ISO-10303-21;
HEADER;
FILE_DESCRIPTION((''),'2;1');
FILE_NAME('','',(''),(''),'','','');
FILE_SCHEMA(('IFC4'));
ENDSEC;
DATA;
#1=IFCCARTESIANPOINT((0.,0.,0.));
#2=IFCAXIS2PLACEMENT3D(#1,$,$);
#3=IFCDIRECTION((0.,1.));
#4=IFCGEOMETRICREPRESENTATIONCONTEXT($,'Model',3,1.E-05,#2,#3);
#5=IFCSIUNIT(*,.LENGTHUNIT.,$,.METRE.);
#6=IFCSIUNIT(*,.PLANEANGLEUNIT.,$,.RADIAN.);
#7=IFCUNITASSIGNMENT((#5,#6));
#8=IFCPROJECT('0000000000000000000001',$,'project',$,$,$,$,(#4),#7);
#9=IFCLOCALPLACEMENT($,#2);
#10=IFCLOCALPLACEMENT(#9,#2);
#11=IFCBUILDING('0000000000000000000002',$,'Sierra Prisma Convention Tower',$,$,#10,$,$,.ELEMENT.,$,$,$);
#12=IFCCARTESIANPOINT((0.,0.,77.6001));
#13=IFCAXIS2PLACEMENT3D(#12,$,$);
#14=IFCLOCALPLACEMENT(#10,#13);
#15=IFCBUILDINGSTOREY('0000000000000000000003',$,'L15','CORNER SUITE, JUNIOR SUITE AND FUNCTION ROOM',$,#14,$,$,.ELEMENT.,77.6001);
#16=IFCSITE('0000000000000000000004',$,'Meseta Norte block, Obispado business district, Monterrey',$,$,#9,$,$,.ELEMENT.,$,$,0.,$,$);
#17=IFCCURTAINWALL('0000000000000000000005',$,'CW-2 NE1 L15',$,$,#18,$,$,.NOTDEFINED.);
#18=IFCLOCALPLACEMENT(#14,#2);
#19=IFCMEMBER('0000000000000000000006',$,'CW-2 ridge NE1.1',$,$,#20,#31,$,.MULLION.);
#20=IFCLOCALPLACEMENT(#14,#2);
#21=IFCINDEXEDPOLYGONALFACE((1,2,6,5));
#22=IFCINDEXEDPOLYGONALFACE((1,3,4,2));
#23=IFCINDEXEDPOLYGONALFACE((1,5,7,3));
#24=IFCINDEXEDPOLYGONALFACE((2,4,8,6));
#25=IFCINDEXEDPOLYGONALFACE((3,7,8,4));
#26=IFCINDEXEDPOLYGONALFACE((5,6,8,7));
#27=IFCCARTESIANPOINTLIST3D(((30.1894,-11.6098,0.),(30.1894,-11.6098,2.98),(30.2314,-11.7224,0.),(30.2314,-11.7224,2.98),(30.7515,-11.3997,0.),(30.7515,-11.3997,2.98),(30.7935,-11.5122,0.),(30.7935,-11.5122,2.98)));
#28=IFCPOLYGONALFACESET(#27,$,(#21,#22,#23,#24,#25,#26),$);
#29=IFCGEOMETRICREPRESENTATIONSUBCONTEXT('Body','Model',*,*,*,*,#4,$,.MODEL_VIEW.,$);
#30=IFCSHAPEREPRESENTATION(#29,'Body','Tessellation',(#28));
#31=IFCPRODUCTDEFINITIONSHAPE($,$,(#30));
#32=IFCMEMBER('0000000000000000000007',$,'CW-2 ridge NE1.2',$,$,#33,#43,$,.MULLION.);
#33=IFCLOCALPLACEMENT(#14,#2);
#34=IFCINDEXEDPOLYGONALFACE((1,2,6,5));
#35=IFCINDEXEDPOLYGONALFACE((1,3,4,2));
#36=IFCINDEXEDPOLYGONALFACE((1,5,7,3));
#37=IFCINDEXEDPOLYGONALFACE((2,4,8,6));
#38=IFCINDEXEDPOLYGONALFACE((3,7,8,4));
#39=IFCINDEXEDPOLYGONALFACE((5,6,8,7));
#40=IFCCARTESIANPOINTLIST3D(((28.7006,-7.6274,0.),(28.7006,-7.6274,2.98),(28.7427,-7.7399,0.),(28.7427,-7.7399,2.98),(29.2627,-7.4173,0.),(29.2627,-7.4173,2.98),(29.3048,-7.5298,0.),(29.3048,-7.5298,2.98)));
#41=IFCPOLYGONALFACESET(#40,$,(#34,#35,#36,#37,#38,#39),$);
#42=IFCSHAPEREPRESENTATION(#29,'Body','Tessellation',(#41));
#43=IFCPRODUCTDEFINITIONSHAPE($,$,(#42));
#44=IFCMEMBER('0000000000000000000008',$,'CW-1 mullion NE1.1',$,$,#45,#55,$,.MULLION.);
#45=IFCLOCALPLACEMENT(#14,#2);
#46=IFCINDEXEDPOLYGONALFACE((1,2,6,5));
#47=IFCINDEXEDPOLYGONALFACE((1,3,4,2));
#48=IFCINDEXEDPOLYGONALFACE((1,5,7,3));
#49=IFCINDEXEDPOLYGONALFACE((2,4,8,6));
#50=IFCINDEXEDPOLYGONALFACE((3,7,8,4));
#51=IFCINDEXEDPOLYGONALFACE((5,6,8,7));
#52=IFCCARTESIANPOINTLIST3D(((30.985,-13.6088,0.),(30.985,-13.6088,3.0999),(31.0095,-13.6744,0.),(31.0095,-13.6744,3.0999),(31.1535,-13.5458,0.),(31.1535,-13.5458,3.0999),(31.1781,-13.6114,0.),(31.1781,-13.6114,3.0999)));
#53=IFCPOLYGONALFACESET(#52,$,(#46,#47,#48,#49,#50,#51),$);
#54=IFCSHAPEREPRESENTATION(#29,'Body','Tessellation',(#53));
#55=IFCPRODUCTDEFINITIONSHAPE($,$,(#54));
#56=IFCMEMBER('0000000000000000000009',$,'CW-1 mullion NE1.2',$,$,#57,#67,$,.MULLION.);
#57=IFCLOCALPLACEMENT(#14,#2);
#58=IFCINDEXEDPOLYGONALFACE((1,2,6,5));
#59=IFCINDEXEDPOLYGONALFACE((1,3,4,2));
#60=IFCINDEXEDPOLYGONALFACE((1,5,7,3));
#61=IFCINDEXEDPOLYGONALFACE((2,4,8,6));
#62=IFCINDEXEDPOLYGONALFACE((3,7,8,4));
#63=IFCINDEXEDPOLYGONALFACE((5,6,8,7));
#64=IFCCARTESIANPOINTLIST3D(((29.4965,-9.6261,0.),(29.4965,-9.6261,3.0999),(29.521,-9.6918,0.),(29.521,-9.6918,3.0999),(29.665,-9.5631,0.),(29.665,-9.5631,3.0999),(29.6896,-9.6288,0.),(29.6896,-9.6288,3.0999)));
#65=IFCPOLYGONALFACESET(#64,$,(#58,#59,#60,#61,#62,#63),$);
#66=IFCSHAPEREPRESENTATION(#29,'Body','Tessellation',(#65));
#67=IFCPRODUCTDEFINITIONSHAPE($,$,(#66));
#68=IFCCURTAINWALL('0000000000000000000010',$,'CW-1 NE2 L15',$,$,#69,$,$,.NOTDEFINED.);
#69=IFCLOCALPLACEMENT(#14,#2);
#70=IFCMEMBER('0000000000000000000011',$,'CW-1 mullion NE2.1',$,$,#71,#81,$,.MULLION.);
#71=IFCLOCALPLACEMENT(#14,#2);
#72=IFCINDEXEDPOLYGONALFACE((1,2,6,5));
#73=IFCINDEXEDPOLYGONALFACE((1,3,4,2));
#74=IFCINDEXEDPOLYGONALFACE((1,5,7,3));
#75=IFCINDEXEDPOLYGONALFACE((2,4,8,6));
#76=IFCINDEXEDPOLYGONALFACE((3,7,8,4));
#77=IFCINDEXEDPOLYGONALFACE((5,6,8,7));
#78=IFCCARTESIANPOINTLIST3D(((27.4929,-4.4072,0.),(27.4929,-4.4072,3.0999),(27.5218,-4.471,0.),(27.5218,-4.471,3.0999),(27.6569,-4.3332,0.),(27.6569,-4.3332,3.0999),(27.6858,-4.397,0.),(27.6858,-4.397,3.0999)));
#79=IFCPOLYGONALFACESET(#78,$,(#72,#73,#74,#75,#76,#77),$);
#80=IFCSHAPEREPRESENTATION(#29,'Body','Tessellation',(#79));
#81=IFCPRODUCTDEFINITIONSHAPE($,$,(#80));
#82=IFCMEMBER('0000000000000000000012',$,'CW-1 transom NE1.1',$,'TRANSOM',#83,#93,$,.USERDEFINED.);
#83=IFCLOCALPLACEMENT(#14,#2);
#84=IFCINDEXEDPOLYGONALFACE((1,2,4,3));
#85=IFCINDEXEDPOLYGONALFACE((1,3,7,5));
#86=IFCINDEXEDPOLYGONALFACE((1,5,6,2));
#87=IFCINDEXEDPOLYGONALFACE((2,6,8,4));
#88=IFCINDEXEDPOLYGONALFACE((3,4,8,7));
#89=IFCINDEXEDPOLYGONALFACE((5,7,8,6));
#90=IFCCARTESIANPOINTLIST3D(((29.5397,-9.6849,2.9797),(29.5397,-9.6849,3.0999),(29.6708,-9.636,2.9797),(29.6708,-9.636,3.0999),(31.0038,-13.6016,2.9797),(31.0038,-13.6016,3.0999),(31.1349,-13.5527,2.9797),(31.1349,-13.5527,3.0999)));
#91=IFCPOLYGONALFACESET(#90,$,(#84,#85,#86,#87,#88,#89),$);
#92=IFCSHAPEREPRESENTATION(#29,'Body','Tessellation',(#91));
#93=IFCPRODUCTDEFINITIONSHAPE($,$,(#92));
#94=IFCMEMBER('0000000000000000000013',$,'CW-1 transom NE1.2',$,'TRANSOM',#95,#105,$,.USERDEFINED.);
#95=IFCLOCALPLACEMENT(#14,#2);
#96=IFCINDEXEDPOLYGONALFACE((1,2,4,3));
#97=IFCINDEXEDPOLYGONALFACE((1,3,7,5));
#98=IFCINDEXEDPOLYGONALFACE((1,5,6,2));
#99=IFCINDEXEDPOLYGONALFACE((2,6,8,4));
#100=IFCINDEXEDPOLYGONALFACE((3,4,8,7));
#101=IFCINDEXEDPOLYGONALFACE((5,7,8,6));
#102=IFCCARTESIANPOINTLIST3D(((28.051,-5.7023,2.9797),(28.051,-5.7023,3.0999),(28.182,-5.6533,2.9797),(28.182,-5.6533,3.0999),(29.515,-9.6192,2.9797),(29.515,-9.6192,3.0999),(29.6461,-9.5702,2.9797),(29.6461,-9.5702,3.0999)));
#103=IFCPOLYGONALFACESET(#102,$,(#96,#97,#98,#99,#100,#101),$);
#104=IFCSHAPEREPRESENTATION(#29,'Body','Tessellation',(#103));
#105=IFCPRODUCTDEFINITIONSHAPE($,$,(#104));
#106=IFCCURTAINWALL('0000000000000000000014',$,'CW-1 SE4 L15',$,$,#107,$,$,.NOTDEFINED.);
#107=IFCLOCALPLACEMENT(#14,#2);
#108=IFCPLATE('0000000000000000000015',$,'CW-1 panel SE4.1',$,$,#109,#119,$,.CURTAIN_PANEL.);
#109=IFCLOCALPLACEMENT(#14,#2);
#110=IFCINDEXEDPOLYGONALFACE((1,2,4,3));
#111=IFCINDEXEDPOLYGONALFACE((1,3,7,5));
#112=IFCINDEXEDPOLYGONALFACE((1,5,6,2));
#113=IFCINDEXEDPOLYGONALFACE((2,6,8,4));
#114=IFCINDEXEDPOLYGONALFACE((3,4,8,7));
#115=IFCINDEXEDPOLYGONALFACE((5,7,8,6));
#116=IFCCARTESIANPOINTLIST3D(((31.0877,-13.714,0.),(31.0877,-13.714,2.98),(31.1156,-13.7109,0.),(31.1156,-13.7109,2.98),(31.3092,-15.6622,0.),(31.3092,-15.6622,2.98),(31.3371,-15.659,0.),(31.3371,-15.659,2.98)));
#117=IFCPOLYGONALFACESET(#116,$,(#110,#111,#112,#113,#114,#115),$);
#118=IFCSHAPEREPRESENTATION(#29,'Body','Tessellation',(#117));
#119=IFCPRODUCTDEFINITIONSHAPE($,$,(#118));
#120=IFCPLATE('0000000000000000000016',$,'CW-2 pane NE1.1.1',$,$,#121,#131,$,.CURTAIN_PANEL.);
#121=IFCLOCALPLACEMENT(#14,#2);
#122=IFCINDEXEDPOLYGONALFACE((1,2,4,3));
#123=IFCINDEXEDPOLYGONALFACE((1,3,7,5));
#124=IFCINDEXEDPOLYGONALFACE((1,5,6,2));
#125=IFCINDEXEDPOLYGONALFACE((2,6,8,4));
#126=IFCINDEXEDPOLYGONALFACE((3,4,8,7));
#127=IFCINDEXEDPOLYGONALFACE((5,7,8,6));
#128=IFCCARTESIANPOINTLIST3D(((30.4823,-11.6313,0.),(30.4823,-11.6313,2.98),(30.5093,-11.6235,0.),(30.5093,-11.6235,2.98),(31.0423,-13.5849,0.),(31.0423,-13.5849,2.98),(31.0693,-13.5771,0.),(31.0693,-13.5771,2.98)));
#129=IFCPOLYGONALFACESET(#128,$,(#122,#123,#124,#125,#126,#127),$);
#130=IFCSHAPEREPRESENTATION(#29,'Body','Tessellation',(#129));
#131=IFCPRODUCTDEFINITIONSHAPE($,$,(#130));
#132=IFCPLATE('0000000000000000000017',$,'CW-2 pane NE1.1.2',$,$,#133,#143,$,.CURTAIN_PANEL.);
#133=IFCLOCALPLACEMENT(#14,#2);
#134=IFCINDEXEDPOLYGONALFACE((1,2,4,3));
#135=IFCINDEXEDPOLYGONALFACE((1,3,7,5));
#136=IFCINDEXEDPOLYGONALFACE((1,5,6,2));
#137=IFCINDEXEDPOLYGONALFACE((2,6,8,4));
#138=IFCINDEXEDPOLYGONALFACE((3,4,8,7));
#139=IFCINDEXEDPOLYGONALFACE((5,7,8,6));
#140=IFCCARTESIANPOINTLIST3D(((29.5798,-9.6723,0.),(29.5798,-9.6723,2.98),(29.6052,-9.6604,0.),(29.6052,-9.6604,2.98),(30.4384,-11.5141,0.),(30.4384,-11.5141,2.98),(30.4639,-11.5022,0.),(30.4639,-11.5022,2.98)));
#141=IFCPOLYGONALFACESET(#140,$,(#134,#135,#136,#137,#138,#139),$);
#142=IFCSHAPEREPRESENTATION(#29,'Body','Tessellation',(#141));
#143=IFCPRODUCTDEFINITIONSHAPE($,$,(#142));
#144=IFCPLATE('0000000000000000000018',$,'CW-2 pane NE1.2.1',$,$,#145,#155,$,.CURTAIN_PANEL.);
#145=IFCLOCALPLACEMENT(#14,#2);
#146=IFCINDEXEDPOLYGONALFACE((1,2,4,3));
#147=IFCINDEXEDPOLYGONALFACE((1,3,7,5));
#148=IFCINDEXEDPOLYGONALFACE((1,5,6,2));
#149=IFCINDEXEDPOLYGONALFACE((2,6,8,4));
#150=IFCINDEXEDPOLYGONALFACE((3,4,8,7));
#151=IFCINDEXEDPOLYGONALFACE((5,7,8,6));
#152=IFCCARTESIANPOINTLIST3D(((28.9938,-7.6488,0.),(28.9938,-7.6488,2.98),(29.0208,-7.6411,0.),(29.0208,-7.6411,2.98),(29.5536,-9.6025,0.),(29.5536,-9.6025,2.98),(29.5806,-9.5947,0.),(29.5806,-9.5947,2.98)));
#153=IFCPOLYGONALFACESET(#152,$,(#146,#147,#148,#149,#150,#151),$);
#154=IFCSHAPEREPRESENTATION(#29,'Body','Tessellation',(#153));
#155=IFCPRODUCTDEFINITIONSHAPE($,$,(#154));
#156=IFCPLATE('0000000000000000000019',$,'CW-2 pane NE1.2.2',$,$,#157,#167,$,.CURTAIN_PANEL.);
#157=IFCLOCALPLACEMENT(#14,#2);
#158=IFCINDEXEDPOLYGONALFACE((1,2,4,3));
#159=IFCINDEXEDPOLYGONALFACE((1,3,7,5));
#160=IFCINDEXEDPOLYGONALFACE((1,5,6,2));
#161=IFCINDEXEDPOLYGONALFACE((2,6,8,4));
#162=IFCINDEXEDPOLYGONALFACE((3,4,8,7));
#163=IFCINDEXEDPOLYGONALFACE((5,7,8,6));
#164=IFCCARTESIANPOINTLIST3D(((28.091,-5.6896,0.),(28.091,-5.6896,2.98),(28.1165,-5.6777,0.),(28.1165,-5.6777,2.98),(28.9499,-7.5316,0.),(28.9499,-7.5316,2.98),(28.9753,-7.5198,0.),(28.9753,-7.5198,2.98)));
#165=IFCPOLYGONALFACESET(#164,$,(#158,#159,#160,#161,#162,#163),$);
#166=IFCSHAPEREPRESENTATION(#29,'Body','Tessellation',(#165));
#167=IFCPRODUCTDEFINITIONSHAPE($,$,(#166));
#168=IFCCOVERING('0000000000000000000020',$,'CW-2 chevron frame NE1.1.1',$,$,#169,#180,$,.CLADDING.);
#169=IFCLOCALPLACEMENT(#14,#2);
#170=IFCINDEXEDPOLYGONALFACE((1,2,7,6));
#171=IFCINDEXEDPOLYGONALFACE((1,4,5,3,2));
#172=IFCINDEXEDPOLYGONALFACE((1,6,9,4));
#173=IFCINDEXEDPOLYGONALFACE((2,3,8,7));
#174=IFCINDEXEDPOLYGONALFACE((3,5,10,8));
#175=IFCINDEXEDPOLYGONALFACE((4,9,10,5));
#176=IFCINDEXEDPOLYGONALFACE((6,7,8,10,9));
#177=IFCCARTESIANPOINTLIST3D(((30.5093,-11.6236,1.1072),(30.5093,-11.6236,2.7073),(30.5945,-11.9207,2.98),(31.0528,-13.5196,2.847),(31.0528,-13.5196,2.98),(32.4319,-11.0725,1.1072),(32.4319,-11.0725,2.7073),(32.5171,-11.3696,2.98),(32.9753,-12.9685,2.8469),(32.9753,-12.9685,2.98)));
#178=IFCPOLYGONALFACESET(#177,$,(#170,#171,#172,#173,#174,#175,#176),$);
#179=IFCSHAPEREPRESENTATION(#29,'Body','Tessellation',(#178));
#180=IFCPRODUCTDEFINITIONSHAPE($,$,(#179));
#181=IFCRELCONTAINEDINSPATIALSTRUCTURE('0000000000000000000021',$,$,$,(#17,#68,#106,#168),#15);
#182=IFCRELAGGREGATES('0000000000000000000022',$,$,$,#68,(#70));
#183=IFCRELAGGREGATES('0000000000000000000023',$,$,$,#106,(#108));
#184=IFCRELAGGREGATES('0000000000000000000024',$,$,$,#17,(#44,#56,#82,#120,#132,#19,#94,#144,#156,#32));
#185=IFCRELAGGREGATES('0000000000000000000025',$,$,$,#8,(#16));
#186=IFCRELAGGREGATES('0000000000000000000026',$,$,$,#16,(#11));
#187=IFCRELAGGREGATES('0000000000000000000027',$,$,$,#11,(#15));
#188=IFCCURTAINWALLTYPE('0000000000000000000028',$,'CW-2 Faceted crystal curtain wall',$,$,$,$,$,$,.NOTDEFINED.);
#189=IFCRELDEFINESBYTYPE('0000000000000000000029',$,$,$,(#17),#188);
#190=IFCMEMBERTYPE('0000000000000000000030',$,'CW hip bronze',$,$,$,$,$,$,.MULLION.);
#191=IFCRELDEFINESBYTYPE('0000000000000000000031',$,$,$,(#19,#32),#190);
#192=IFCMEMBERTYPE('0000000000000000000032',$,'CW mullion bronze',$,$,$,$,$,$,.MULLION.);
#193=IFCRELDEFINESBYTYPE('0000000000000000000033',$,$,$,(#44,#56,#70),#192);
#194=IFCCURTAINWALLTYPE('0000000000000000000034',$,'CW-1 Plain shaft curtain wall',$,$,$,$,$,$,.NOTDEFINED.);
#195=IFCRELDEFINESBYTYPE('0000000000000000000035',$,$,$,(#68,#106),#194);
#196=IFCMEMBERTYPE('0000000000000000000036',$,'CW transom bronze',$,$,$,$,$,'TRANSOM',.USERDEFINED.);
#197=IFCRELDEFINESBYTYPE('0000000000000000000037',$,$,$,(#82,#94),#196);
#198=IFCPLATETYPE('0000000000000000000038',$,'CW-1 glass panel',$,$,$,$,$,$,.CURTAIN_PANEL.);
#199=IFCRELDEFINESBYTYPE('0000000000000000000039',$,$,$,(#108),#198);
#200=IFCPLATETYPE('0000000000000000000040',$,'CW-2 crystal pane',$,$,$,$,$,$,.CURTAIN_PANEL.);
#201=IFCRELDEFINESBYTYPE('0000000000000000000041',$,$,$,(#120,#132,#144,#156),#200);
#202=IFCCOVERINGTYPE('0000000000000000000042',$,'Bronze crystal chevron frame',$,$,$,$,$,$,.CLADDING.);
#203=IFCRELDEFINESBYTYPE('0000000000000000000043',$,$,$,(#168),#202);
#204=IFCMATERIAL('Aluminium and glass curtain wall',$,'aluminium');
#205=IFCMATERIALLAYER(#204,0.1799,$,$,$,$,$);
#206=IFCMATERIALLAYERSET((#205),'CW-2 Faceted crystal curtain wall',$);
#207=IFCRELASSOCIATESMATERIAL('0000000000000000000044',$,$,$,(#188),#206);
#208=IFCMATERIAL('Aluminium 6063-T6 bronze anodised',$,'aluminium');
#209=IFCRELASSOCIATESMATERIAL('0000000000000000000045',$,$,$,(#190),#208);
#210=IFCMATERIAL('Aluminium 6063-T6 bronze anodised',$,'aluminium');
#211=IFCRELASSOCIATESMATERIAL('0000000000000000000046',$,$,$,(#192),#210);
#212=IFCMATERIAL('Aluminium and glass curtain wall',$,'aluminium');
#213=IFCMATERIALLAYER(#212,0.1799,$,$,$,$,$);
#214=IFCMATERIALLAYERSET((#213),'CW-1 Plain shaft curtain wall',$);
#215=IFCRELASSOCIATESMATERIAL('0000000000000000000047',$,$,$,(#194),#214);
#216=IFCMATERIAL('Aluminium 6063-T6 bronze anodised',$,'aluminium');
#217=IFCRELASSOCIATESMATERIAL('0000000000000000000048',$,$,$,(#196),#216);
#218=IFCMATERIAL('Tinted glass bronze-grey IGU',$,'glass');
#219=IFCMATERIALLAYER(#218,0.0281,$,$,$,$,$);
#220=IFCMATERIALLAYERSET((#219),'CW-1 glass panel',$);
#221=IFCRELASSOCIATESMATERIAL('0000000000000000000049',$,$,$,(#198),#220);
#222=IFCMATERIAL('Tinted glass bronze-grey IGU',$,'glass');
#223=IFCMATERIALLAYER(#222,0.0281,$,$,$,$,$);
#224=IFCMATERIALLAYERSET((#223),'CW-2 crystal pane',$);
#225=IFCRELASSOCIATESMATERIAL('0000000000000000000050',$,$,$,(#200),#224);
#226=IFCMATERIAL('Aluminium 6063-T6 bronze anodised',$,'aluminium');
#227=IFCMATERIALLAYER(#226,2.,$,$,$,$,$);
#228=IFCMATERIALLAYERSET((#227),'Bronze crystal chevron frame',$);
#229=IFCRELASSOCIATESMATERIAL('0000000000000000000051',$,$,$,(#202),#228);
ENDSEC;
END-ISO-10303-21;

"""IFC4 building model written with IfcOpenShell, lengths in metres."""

from ifc_helpers import new_model, si_unit, direction, frame, origin, origin_2d, place, context, subcontext, project, spatial, polyline, rectangle, outline, extrude, material, layer, layer_set, material_profile, profile_set, type_object, element, aggregate, save


model = new_model("IFC4")

# Units and contexts
model_context = context("Model", 3, precision=1e-05, world=origin(), true_north=direction((0.0, 1.0)))
body_context = subcontext(model_context, "Body", "Model", "MODEL_VIEW")
ifc_project = project(units=[si_unit("LENGTHUNIT", "METRE"), si_unit("PLANEANGLEUNIT", "RADIAN")], contexts=[model_context])

# Site, building, storey
site_placement = place(None, origin())
site = spatial("IfcSite", under=ifc_project, at=site_placement, Name="Meseta Norte block, Obispado business district, Monterrey", CompositionType="ELEMENT", RefElevation=0.0)
building_placement = place(site_placement, origin())
building = spatial("IfcBuilding", under=site, at=building_placement, Name="Sierra Prisma Convention Tower", CompositionType="ELEMENT")
storey_placement = place(building_placement, frame((0.0, 0.0, 77.6001)))
storey = spatial("IfcBuildingStorey", under=building, at=storey_placement, Name="L15", Description="CORNER SUITE, JUNIOR SUITE AND FUNCTION ROOM", CompositionType="ELEMENT", Elevation=77.6001)

# Curtain wall, members
ifc_material_1 = material(Name="Aluminium and glass curtain wall", Category="aluminium")
ifc_layer_1 = layer(ifc_material_1, 0.1799)
ifc_layer_set_1 = layer_set([ifc_layer_1], Name="CW-2 Faceted crystal curtain wall")
curtain_wall_type_1 = type_object("IfcCurtainWallType", Name="CW-2 Faceted crystal curtain wall", PredefinedType="NOTDEFINED", material=ifc_layer_set_1)
curtain_wall_1_placement = place(storey_placement, origin())
curtain_wall_1 = element("IfcCurtainWall", 1, at=curtain_wall_1_placement, inside=storey, type_object=curtain_wall_type_1, Name="CW-2 NE1 L15", PredefinedType="NOTDEFINED")
ifc_material_2 = material(Name="Aluminium 6063-T6 bronze anodised", Category="aluminium")
ifc_material_profile_1 = material_profile(ifc_material_2, rectangle(XDim=0.1201, YDim=0.6001, at=origin_2d()), Name="ALU RIDGE BLADE 120x600")
ifc_profile_set_1 = profile_set([ifc_material_profile_1], Name="Aluminium 6063-T6 bronze anodised")
member_type_1 = type_object("IfcMemberType", Name="CW hip bronze", PredefinedType="MULLION", material=ifc_profile_set_1)
member_1_placement = place(storey_placement, frame((30.4915, -11.561, 0.0), z_axis=(0.0, 0.0, 1.0), x_axis=(-0.35014, 0.936697, 0.0)))
member_1 = element("IfcMember", 2, at=member_1_placement, type_object=member_type_1, Name="CW-2 ridge NE1.1", PredefinedType="MULLION", context=body_context, shape_type="SweptSolid", body=[
    extrude(rectangle(XDim=0.1201, YDim=0.6001, at=origin_2d()), origin(), (0.0, 0.0, 1.0), 2.98),
])
member_2_placement = place(storey_placement, frame((29.0027, -7.5786, 0.0), z_axis=(0.0, 0.0, 1.0), x_axis=(-0.35014, 0.936697, 0.0)))
member_2 = element("IfcMember", 3, at=member_2_placement, type_object=member_type_1, Name="CW-2 ridge NE1.2", PredefinedType="MULLION", context=body_context, shape_type="SweptSolid", body=[
    extrude(rectangle(XDim=0.1201, YDim=0.6001, at=origin_2d()), origin(), (0.0, 0.0, 1.0), 2.98),
])
ifc_material_3 = material(Name="Aluminium 6063-T6 bronze anodised", Category="aluminium")
ifc_material_profile_2 = material_profile(ifc_material_3, rectangle(XDim=0.1799, YDim=0.0701, at=origin_2d()), Name="ALU MULLION 70x180")
ifc_profile_set_2 = profile_set([ifc_material_profile_2], Name="Aluminium 6063-T6 bronze anodised")
member_type_2 = type_object("IfcMemberType", Name="CW mullion bronze", PredefinedType="MULLION", material=ifc_profile_set_2)
member_3_placement = place(storey_placement, frame((31.0815, -13.6101, 0.0), z_axis=(0.0, 0.0, 1.0), x_axis=(-0.936697, -0.35014, 0.0)))
member_3 = element("IfcMember", 4, at=member_3_placement, type_object=member_type_2, Name="CW-1 mullion NE1.1", PredefinedType="MULLION", context=body_context, shape_type="SweptSolid", body=[
    extrude(rectangle(XDim=0.1799, YDim=0.0701, at=origin_2d()), origin(), (0.0, 0.0, 1.0), 3.0999),
])
member_4_placement = place(storey_placement, frame((29.593, -9.6274, 0.0), z_axis=(0.0, 0.0, 1.0), x_axis=(-0.936697, -0.35014, 0.0)))
member_4 = element("IfcMember", 5, at=member_4_placement, type_object=member_type_2, Name="CW-1 mullion NE1.2", PredefinedType="MULLION", context=body_context, shape_type="SweptSolid", body=[
    extrude(rectangle(XDim=0.1799, YDim=0.0701, at=origin_2d()), origin(), (0.0, 0.0, 1.0), 3.0999),
])

# Curtain wall, member
ifc_material_4 = material(Name="Aluminium and glass curtain wall", Category="aluminium")
ifc_layer_2 = layer(ifc_material_4, 0.1799)
ifc_layer_set_2 = layer_set([ifc_layer_2], Name="CW-1 Plain shaft curtain wall")
curtain_wall_type_2 = type_object("IfcCurtainWallType", Name="CW-1 Plain shaft curtain wall", PredefinedType="NOTDEFINED", material=ifc_layer_set_2)
curtain_wall_2_placement = place(storey_placement, origin())
curtain_wall_2 = element("IfcCurtainWall", 6, at=curtain_wall_2_placement, inside=storey, type_object=curtain_wall_type_2, Name="CW-1 NE2 L15", PredefinedType="NOTDEFINED")
member_5_placement = place(storey_placement, frame((27.5894, -4.4021, 0.0), z_axis=(0.0, 0.0, 1.0), x_axis=(-0.911443, -0.411426, 0.0)))
member_5 = element("IfcMember", 7, at=member_5_placement, type_object=member_type_2, Name="CW-1 mullion NE2.1", PredefinedType="MULLION", context=body_context, shape_type="SweptSolid", body=[
    extrude(rectangle(XDim=0.1799, YDim=0.0701, at=origin_2d()), origin(), (0.0, 0.0, 1.0), 3.0999),
])
aggregate(curtain_wall_2, [member_5])

# Members
ifc_material_5 = material(Name="Aluminium 6063-T6 bronze anodised", Category="aluminium")
ifc_material_profile_3 = material_profile(ifc_material_5, rectangle(XDim=0.1399, YDim=0.1201, at=origin_2d()), Name="ALU TRANSOM 120x140")
ifc_profile_set_3 = profile_set([ifc_material_profile_3], Name="Aluminium 6063-T6 bronze anodised")
member_type_3 = type_object("IfcMemberType", Name="CW transom bronze", ElementType="TRANSOM", PredefinedType="USERDEFINED", material=ifc_profile_set_3)
member_6_placement = place(storey_placement, frame((31.0693, -13.5771, 3.0398), z_axis=(-0.350144, 0.936696, 0.0), x_axis=(-0.936696, -0.350144, 0.0)))
member_6 = element("IfcMember", 8, at=member_6_placement, type_object=member_type_3, Name="CW-1 transom NE1.1", ObjectType="TRANSOM", PredefinedType="USERDEFINED", context=body_context, shape_type="SweptSolid", body=[
    extrude(rectangle(XDim=0.1399, YDim=0.1201, at=origin_2d()), origin(), (0.0, 0.0, 1.0), 4.1814),
])
member_7_placement = place(storey_placement, frame((29.5806, -9.5947, 3.0398), z_axis=(-0.350125, 0.936703, 0.0), x_axis=(-0.936703, -0.350125, 0.0)))
member_7 = element("IfcMember", 9, at=member_7_placement, type_object=member_type_3, Name="CW-1 transom NE1.2", ObjectType="TRANSOM", PredefinedType="USERDEFINED", context=body_context, shape_type="SweptSolid", body=[
    extrude(rectangle(XDim=0.1399, YDim=0.1201, at=origin_2d()), origin(), (0.0, 0.0, 1.0), 4.1816),
])

# Curtain wall, plate
curtain_wall_3_placement = place(storey_placement, origin())
curtain_wall_3 = element("IfcCurtainWall", 10, at=curtain_wall_3_placement, inside=storey, type_object=curtain_wall_type_2, Name="CW-1 SE4 L15", PredefinedType="NOTDEFINED")
ifc_material_6 = material(Name="Tinted glass bronze-grey IGU", Category="glass")
ifc_layer_3 = layer(ifc_material_6, 0.0281)
ifc_layer_set_3 = layer_set([ifc_layer_3], Name="CW-1 glass panel")
plate_type_1 = type_object("IfcPlateType", Name="CW-1 glass panel", PredefinedType="CURTAIN_PANEL", material=ifc_layer_set_3)
plate_1_placement = place(storey_placement, frame((31.2124, -14.6865, 0.0), z_axis=(0.0, 0.0, 1.0), x_axis=(-0.112981, 0.993597, 0.0)))
plate_1 = element("IfcPlate", 11, at=plate_1_placement, type_object=plate_type_1, Name="CW-1 panel SE4.1", PredefinedType="CURTAIN_PANEL", context=body_context, shape_type="SweptSolid", body=[
    extrude(rectangle(XDim=1.9607, YDim=0.0281, at=origin_2d()), origin(), (0.0, 0.0, 1.0), 2.98),
])
aggregate(curtain_wall_3, [plate_1])

# Plates
ifc_material_7 = material(Name="Tinted glass bronze-grey IGU", Category="glass")
ifc_layer_4 = layer(ifc_material_7, 0.0281)
ifc_layer_set_4 = layer_set([ifc_layer_4], Name="CW-2 crystal pane")
plate_type_2 = type_object("IfcPlateType", Name="CW-2 crystal pane", PredefinedType="CURTAIN_PANEL", material=ifc_layer_set_4)
plate_2_placement = place(storey_placement, frame((31.0693, -13.5771, 0.0), z_axis=(0.961279, 0.275578, 0.0), x_axis=(-0.275578, 0.961279, 0.0)))
plate_2 = element("IfcPlate", 12, at=plate_2_placement, type_object=plate_type_2, Name="CW-2 pane NE1.1.1", PredefinedType="CURTAIN_PANEL", context=body_context, shape_type="SweptSolid", body=[
    extrude(outline(polyline([(0.0, 0.0), (2.0323, 0.0), (2.0323, 2.98), (0.0, 2.98), (0.0, 0.0)])), origin(), (0.0, 0.0, -1.0), 0.0281),
])
plate_3_placement = place(storey_placement, frame((29.6052, -9.6604, 0.0), z_axis=(0.906346, 0.422537, 0.0), x_axis=(0.422537, -0.906346, 0.0)))
plate_3 = element("IfcPlate", 13, at=plate_3_placement, type_object=plate_type_2, Name="CW-2 pane NE1.1.2", PredefinedType="CURTAIN_PANEL", context=body_context, shape_type="SweptSolid", body=[
    extrude(outline(polyline([(0.0, 0.0), (2.0321, 0.0), (2.0321, -2.98), (0.0, -2.98), (0.0, 0.0)])), origin(), (0.0, 0.0, -1.0), 0.0281),
])
plate_4_placement = place(storey_placement, frame((29.5806, -9.5947, 0.0), z_axis=(0.961311, 0.275467, 0.0), x_axis=(-0.275467, 0.961311, 0.0)))
plate_4 = element("IfcPlate", 14, at=plate_4_placement, type_object=plate_type_2, Name="CW-2 pane NE1.2.1", PredefinedType="CURTAIN_PANEL", context=body_context, shape_type="SweptSolid", body=[
    extrude(outline(polyline([(0.0, 0.0), (2.0322, 0.0), (2.0322, 2.98), (0.0, 2.98), (0.0, 0.0)])), origin(), (0.0, 0.0, -1.0), 0.0281),
])
plate_5_placement = place(storey_placement, frame((28.1165, -5.6777, 0.0), z_axis=(0.906321, 0.42259, 0.0), x_axis=(0.42259, -0.906321, 0.0)))
plate_5 = element("IfcPlate", 15, at=plate_5_placement, type_object=plate_type_2, Name="CW-2 pane NE1.2.2", PredefinedType="CURTAIN_PANEL", context=body_context, shape_type="SweptSolid", body=[
    extrude(outline(polyline([(0.0, 0.0), (2.0324, 0.0), (2.0324, -2.98), (0.0, -2.98), (0.0, 0.0)])), origin(), (0.0, 0.0, -1.0), 0.0281),
])
aggregate(curtain_wall_1, [member_3, member_4, member_6, plate_2, plate_3, member_1, member_7, plate_4, plate_5, member_2])

# Covering
ifc_material_8 = material(Name="Aluminium 6063-T6 bronze anodised", Category="aluminium")
ifc_layer_5 = layer(ifc_material_8, 2.0)
ifc_layer_set_5 = layer_set([ifc_layer_5], Name="Bronze crystal chevron frame")
covering_type = type_object("IfcCoveringType", Name="Bronze crystal chevron frame", PredefinedType="CLADDING", material=ifc_layer_set_5)
covering_1_placement = place(storey_placement, frame((32.9753, -12.9685, 2.98), z_axis=(0.961291, 0.275536, -0.00002), x_axis=(-0.000019, -0.000005, -1.0)))
element("IfcCovering", 16, at=covering_1_placement, inside=storey, type_object=covering_type, Name="CW-2 chevron frame NE1.1.1", PredefinedType="CLADDING", context=body_context, shape_type="SweptSolid", body=[
    extrude(outline(polyline([(0.0, 0.0), (0.1331, 0.0), (1.8728, 1.9723), (0.2727, 1.9723), (0.0, 1.6633), (0.0, 0.0)])), origin(), (0.0, 0.0, -1.0), 2.0),
])

save(model, "model.ifc")
